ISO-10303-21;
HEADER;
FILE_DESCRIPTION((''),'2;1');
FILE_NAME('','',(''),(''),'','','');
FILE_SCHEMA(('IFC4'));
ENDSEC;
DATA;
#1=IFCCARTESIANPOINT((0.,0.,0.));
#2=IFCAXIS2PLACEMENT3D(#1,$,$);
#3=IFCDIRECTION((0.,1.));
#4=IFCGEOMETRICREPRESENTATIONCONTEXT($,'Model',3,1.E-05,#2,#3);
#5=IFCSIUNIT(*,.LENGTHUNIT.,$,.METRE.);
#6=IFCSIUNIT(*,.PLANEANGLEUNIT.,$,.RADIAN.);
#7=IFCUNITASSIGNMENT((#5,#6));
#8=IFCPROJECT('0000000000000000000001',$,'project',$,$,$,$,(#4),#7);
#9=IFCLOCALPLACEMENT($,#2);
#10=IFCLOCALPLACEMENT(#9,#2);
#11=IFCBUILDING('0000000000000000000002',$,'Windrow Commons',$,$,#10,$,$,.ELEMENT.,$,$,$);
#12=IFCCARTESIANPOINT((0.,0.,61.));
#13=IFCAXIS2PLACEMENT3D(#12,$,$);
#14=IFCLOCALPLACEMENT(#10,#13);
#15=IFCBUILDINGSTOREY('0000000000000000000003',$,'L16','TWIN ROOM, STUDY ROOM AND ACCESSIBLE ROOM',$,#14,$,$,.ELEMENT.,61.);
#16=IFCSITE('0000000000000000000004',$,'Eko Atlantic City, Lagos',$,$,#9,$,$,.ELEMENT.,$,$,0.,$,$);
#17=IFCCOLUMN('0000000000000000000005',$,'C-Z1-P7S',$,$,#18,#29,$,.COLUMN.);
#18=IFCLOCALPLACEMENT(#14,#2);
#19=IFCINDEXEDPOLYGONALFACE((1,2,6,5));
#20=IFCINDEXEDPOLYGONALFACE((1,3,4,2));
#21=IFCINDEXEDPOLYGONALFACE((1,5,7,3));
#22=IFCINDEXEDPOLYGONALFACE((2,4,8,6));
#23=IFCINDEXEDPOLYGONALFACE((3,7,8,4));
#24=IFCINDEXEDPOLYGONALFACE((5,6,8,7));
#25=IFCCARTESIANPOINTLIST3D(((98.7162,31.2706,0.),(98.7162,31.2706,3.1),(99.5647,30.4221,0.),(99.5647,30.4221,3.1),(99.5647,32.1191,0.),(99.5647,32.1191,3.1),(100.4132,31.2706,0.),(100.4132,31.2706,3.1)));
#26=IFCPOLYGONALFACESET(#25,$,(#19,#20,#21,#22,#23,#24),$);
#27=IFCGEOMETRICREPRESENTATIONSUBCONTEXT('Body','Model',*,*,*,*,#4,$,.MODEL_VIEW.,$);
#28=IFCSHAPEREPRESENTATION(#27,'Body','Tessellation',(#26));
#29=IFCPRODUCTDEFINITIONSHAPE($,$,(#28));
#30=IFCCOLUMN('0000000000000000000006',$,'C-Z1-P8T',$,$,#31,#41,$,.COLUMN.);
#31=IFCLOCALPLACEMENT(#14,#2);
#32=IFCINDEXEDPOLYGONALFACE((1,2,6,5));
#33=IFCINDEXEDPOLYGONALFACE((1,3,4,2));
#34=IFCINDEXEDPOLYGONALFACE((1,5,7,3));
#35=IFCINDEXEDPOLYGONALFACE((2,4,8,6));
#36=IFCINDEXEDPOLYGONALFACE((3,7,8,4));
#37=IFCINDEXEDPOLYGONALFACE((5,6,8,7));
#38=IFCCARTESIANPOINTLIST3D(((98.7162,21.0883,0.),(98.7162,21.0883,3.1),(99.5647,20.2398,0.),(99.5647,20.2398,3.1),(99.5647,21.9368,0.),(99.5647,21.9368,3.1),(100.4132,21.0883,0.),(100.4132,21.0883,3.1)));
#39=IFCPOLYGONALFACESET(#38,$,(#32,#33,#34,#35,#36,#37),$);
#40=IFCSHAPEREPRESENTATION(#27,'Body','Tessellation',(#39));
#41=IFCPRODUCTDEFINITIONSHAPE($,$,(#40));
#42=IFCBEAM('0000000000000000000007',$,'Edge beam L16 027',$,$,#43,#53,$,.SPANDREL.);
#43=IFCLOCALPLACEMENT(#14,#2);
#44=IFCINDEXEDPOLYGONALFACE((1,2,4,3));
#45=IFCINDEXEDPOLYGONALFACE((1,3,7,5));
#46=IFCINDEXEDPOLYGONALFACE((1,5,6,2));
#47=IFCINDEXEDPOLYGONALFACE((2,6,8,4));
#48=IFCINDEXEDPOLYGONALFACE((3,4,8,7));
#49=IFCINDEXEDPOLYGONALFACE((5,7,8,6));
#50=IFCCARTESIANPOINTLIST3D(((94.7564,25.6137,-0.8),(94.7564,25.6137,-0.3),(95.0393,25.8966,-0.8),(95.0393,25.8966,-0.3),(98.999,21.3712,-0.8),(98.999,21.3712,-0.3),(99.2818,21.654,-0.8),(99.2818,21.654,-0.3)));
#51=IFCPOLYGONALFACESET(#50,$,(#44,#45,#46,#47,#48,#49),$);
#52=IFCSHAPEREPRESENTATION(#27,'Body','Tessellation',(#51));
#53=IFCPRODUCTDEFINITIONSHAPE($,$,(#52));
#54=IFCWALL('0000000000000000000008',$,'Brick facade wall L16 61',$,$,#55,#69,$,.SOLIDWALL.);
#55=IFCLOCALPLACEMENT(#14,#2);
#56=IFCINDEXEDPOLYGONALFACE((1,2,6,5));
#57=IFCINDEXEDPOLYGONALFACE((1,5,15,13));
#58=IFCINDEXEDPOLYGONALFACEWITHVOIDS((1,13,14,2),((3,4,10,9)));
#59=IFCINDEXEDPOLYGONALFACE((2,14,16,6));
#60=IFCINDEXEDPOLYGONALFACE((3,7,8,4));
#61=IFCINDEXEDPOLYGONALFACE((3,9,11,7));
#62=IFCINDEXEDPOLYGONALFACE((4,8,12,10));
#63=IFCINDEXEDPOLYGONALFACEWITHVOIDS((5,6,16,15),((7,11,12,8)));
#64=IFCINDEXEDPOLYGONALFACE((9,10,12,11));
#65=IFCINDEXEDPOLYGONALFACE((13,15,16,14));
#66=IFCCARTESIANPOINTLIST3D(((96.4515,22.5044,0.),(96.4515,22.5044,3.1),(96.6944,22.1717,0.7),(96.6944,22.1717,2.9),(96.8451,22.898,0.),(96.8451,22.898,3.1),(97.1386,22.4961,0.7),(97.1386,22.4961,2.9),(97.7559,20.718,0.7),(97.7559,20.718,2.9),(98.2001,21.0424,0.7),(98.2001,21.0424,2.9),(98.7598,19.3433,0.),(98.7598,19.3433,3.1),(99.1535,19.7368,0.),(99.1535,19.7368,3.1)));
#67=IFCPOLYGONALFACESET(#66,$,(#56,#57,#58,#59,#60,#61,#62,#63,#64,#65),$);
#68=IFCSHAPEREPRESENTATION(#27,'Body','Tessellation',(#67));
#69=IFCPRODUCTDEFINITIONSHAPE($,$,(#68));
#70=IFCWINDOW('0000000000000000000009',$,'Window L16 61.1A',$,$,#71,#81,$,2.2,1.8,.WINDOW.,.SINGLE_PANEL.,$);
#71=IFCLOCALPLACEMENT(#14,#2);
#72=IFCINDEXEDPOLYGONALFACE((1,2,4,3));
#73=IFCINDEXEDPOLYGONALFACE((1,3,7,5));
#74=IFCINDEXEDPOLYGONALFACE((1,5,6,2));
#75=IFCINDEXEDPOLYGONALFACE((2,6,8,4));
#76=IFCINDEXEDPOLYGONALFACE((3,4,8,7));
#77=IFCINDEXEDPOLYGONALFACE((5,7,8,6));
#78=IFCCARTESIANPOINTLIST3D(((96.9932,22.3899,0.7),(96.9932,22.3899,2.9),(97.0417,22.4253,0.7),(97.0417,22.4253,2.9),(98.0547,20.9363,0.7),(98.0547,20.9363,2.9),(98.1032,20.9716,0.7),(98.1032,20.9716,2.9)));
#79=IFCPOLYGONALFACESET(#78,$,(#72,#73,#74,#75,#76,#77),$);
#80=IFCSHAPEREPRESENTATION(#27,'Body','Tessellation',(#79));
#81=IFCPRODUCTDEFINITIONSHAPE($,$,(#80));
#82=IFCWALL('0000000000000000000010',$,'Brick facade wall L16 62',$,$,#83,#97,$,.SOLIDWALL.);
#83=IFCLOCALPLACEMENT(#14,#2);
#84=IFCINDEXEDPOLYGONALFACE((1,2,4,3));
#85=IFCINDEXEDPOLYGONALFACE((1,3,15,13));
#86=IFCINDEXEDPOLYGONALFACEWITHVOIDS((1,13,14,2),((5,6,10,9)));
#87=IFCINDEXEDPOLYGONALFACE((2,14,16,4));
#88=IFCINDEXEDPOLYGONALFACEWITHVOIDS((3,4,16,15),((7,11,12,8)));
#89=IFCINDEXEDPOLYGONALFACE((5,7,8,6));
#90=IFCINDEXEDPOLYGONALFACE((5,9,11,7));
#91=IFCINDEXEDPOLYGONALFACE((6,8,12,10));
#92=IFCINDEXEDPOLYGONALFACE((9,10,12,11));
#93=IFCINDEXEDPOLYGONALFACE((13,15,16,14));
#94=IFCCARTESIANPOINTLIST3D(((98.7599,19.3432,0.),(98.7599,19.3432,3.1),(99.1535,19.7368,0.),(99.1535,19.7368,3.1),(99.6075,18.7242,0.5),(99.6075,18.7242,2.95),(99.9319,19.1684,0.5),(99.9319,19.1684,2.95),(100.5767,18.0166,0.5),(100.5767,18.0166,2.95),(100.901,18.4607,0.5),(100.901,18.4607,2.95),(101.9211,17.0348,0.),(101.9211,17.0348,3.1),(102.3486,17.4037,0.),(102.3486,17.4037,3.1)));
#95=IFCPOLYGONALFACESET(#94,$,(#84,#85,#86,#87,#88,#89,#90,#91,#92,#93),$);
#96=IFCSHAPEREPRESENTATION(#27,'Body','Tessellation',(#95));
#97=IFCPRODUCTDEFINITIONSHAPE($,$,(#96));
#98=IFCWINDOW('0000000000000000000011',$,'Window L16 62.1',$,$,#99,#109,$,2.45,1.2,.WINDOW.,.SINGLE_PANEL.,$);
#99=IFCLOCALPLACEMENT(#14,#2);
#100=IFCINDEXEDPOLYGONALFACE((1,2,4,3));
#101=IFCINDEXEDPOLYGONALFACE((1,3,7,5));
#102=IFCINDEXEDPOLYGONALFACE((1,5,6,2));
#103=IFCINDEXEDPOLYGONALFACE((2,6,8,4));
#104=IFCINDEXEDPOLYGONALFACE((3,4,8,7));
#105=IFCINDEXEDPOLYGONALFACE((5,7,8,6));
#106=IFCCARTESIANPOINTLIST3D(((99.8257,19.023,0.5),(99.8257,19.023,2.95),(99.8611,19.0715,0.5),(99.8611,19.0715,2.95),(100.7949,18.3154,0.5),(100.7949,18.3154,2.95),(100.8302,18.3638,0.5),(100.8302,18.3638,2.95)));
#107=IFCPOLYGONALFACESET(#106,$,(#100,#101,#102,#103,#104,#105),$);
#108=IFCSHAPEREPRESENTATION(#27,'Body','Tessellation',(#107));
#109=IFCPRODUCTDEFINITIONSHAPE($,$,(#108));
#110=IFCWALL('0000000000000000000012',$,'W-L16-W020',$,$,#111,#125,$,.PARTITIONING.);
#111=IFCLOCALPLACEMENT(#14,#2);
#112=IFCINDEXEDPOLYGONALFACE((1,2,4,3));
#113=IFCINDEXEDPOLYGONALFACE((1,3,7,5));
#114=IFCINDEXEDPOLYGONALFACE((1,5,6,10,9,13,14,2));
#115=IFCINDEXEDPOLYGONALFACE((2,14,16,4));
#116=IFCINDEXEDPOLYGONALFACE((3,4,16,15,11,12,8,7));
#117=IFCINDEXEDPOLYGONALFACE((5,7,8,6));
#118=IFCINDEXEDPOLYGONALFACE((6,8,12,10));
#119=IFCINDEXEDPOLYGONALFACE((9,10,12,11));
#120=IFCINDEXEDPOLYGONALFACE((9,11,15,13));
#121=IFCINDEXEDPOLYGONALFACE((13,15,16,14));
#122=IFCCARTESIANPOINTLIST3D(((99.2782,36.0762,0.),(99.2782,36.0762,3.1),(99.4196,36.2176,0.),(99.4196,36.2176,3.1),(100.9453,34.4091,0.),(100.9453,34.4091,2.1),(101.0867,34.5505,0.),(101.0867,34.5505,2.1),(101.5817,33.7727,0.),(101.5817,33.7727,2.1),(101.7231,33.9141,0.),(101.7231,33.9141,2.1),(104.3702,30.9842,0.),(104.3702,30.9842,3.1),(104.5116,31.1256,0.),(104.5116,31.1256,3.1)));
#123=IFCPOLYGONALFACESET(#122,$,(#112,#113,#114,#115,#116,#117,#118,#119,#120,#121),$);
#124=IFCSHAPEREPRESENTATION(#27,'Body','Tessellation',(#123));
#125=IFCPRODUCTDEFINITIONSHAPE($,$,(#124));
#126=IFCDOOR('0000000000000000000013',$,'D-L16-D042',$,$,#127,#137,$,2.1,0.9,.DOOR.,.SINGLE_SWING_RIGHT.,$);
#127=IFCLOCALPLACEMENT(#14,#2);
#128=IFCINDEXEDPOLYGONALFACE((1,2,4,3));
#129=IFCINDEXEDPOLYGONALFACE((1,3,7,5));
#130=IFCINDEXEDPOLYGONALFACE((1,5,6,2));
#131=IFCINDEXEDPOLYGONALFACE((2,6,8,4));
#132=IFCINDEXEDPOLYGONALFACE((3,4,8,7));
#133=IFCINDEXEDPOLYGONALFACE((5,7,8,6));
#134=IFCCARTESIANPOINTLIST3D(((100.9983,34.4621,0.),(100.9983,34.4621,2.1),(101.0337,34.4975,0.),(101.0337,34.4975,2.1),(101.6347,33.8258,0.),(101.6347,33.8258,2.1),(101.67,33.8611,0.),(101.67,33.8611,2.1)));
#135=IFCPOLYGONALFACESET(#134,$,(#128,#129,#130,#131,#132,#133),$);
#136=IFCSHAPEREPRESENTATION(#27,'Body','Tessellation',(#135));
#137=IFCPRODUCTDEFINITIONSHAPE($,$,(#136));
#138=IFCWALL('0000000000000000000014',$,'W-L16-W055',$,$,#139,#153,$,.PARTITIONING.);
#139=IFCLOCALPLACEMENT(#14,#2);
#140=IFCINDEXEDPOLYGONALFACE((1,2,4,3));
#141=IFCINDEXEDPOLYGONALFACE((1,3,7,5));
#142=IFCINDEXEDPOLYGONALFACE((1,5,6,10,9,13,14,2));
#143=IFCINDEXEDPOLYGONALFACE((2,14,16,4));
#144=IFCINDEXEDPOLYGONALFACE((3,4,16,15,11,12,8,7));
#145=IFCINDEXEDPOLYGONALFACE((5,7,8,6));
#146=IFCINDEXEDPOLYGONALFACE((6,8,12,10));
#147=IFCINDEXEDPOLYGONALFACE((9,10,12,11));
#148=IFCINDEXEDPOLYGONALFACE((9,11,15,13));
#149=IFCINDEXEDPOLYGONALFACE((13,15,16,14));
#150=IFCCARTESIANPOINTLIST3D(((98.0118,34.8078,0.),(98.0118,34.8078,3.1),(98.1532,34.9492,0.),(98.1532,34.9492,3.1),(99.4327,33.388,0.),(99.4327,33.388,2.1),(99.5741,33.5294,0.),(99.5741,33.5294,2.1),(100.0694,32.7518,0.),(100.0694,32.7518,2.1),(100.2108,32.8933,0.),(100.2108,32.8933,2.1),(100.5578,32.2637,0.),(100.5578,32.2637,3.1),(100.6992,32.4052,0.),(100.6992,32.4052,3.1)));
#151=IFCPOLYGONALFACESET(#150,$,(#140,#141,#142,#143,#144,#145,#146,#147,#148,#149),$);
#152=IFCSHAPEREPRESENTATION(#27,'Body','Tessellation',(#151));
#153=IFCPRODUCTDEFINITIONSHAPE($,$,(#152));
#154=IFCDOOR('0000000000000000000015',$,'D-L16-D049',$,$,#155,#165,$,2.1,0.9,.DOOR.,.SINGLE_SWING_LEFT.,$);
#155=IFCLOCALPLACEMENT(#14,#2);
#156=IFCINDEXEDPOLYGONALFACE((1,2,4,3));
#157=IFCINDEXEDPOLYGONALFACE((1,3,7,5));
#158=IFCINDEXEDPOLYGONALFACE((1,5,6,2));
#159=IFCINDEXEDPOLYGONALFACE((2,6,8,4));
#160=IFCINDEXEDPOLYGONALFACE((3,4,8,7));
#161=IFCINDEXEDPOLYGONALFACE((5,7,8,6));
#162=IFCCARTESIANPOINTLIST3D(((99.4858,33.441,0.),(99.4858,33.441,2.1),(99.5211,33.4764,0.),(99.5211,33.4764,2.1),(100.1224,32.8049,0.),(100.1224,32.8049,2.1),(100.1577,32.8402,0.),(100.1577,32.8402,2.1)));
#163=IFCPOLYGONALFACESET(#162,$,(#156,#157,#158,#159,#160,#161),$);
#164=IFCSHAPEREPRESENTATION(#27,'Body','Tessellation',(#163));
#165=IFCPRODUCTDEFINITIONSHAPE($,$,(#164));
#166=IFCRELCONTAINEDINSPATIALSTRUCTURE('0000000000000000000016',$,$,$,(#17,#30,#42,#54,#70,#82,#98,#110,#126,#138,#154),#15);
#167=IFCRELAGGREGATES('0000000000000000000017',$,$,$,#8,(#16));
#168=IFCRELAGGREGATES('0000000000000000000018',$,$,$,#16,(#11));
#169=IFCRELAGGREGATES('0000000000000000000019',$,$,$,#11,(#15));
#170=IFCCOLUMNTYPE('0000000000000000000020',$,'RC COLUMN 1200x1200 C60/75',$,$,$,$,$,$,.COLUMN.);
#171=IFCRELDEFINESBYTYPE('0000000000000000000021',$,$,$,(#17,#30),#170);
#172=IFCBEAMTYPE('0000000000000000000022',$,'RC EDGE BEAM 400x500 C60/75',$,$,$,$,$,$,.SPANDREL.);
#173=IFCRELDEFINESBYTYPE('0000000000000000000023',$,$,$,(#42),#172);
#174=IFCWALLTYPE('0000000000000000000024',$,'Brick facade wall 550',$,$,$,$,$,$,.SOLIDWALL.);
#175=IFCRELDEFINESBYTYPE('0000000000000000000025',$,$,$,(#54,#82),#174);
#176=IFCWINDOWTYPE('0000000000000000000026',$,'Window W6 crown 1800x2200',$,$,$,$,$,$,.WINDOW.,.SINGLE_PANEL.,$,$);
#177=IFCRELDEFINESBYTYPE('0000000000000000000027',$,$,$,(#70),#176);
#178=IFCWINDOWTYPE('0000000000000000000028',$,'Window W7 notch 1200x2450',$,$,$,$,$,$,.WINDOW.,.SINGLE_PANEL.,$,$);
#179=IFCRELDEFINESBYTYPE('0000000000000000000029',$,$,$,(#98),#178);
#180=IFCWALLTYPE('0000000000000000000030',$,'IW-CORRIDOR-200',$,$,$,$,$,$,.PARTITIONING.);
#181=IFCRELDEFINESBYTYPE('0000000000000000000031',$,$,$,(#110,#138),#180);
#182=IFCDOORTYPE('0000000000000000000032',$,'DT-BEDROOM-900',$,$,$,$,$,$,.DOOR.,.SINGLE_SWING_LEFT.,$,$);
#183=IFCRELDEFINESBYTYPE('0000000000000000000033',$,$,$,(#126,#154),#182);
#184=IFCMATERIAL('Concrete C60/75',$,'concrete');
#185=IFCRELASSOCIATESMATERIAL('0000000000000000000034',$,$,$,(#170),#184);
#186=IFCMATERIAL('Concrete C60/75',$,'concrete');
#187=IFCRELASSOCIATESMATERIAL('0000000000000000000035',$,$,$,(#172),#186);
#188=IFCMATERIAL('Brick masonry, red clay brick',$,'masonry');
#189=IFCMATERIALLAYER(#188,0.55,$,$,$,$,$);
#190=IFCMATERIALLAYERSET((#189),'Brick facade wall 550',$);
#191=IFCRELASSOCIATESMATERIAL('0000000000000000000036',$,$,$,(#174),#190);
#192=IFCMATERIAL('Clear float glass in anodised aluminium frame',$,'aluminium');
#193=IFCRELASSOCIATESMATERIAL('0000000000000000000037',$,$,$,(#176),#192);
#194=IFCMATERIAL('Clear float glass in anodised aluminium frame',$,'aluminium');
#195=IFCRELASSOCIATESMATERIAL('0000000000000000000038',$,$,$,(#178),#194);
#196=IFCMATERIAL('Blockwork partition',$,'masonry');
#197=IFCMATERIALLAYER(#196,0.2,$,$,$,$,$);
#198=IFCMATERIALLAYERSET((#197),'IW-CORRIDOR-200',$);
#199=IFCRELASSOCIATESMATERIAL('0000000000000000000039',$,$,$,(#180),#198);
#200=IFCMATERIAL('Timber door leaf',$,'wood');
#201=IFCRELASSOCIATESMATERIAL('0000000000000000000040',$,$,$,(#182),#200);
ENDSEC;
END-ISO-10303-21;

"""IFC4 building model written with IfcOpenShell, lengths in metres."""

from ifc_helpers import new_model, si_unit, direction, frame, frame_2d, origin, origin_2d, place, context, subcontext, project, spatial, polyline, rectangle, outline, extrude, material, layer, layer_set, material_profile, profile_set, type_object, element, fill, save


model = new_model("IFC4")

# Units and contexts
model_context = context("Model", 3, precision=1e-05, world=origin(), true_north=direction((0.0, 1.0)))
body_context = subcontext(model_context, "Body", "Model", "MODEL_VIEW")
ifc_project = project(units=[si_unit("LENGTHUNIT", "METRE"), si_unit("PLANEANGLEUNIT", "RADIAN")], contexts=[model_context])

# Site, building, storey
site_placement = place(None, origin())
site = spatial("IfcSite", under=ifc_project, at=site_placement, Name="Eko Atlantic City, Lagos", CompositionType="ELEMENT", RefElevation=0.0)
building_placement = place(site_placement, origin())
building = spatial("IfcBuilding", under=site, at=building_placement, Name="Windrow Commons", CompositionType="ELEMENT")
storey_placement = place(building_placement, frame((0.0, 0.0, 61.0)))
storey = spatial("IfcBuildingStorey", under=building, at=storey_placement, Name="L16", Description="TWIN ROOM, STUDY ROOM AND ACCESSIBLE ROOM", CompositionType="ELEMENT", Elevation=61.0)

# Columns
ifc_material_1 = material(Name="Concrete C60/75", Category="concrete")
ifc_material_profile_1 = material_profile(ifc_material_1, rectangle(XDim=1.2, YDim=1.2, at=origin_2d()))
ifc_profile_set_1 = profile_set([ifc_material_profile_1], Name="Concrete C60/75")
column_type = type_object("IfcColumnType", Name="RC COLUMN 1200x1200 C60/75", PredefinedType="COLUMN", material=ifc_profile_set_1)
for number, where, z_axis, x_axis, name in (
    (1, (99.5647, 31.2706, 0.0), (0.0, 0.0, 1.0), (0.707107, -0.707107, 0.0), "C-Z1-P7S"),
    (2, (99.5647, 21.0883, 0.0), (0.0, 0.0, 1.0), (0.707107, -0.707107, 0.0), "C-Z1-P8T"),
):
    element("IfcColumn", number, at=place(storey_placement, frame(where, z_axis=z_axis, x_axis=x_axis)), inside=storey, type_object=column_type, Name=name, PredefinedType="COLUMN", context=body_context, shape_type="SweptSolid", body=[
        extrude(rectangle(XDim=1.2, YDim=1.2, at=origin_2d()), origin(), (0.0, 0.0, 1.0), 3.1),
    ])

# Beam
ifc_material_2 = material(Name="Concrete C60/75", Category="concrete")
ifc_material_profile_2 = material_profile(ifc_material_2, rectangle(XDim=0.4, YDim=0.5, at=origin_2d()))
ifc_profile_set_2 = profile_set([ifc_material_profile_2], Name="Concrete C60/75")
beam_type = type_object("IfcBeamType", Name="RC EDGE BEAM 400x500 C60/75", PredefinedType="SPANDREL", material=ifc_profile_set_2)
beam_placement = place(storey_placement, frame((99.1404, 21.5126, -0.55), z_axis=(-0.707107, 0.707107, 0.0), x_axis=(-0.707107, -0.707107, 0.0)))
element("IfcBeam", 3, at=beam_placement, inside=storey, type_object=beam_type, Name="Edge beam L16 027", PredefinedType="SPANDREL", context=body_context, shape_type="SweptSolid", body=[
    extrude(rectangle(XDim=0.4, YDim=0.5, at=origin_2d()), origin(), (0.0, 0.0, 1.0), 5.9999),
])

# Walls, openings, windows
ifc_material_3 = material(Name="Brick masonry, red clay brick", Category="masonry")
ifc_layer_1 = layer(ifc_material_3, 0.55)
ifc_layer_set_1 = layer_set([ifc_layer_1], Name="Brick facade wall 550")
wall_type_1 = type_object("IfcWallType", Name="Brick facade wall 550", PredefinedType="SOLIDWALL", material=ifc_layer_set_1)
wall_1_placement = place(storey_placement, frame((96.6483, 22.7012, 0.0), z_axis=(0.0, 0.0, 1.0), x_axis=(0.589732, -0.807599, 0.0)))
wall_1 = element("IfcWall", 4, at=wall_1_placement, inside=storey, type_object=wall_type_1, Name="Brick facade wall L16 61", PredefinedType="SOLIDWALL", context=body_context, shape_type="SweptSolid", body=[
    extrude(outline(polyline([(0.0429, -0.275), (3.9571, -0.275), (3.8714, 0.275), (-0.0429, 0.275), (0.0429, -0.275)])), origin(), (0.0, 0.0, 1.0), 3.1),
])
opening_1_placement = place(wall_1_placement, frame((0.4548, 0.0, 0.7)))
opening_1 = element("IfcOpeningElement", 5, at=opening_1_placement, cuts=wall_1, PredefinedType="OPENING", context=body_context, shape_type="SweptSolid", body=[
    extrude(rectangle(XDim=1.8, YDim=2.2, at=frame_2d((0.9, 1.1))), frame((0.0, 0.285, 0.0), z_axis=(0.0, -1.0, 0.0), x_axis=(1.0, 0.0, 0.0)), (0.0, 0.0, 1.0), 0.57),
])
ifc_material_4 = material(Name="Clear float glass in anodised aluminium frame", Category="aluminium")
window_type_1 = type_object("IfcWindowType", Name="Window W6 crown 1800x2200", PartitioningType="SINGLE_PANEL", PredefinedType="WINDOW", material=ifc_material_4)
window_1_placement = place(opening_1_placement, origin())
window_1 = element("IfcWindow", 6, at=window_1_placement, inside=storey, type_object=window_type_1, Name="Window L16 61.1A", OverallHeight=2.2, OverallWidth=1.8, PartitioningType="SINGLE_PANEL", PredefinedType="WINDOW", context=body_context, shape_type="SweptSolid", body=[
    extrude(rectangle(XDim=1.8, YDim=2.2, at=frame_2d((0.9, 1.1))), frame((0.0, 0.155, 0.0), z_axis=(0.0, -1.0, 0.0), x_axis=(1.0, 0.0, 0.0)), (0.0, 0.0, 1.0), 0.06),
])
fill(opening_1, window_1)
wall_2_placement = place(storey_placement, frame((98.9567, 19.54, 0.0), z_axis=(0.0, 0.0, 1.0), x_axis=(0.807604, -0.589725, 0.0)))
wall_2 = element("IfcWall", 7, at=wall_2_placement, inside=storey, type_object=wall_type_1, Name="Brick facade wall L16 62", PredefinedType="SOLIDWALL", context=body_context, shape_type="SweptSolid", body=[
    extrude(outline(polyline([(-0.0429, -0.275), (3.8714, -0.275), (3.9991, 0.275), (0.0429, 0.275), (-0.0429, -0.275)])), origin(), (0.0, 0.0, 1.0), 3.1),
])
opening_2_placement = place(wall_2_placement, frame((1.0067, 0.0, 0.5)))
opening_2 = element("IfcOpeningElement", 8, at=opening_2_placement, cuts=wall_2, PredefinedType="OPENING", context=body_context, shape_type="SweptSolid", body=[
    extrude(rectangle(XDim=1.2, YDim=2.45, at=frame_2d((0.6, 1.225))), frame((0.0, 0.285, 0.0), z_axis=(0.0, -1.0, 0.0), x_axis=(1.0, 0.0, 0.0)), (0.0, 0.0, 1.0), 0.57),
])
ifc_material_5 = material(Name="Clear float glass in anodised aluminium frame", Category="aluminium")
window_type_2 = type_object("IfcWindowType", Name="Window W7 notch 1200x2450", PartitioningType="SINGLE_PANEL", PredefinedType="WINDOW", material=ifc_material_5)
window_2_placement = place(opening_2_placement, origin())
window_2 = element("IfcWindow", 9, at=window_2_placement, inside=storey, type_object=window_type_2, Name="Window L16 62.1", OverallHeight=2.45, OverallWidth=1.2, PartitioningType="SINGLE_PANEL", PredefinedType="WINDOW", context=body_context, shape_type="SweptSolid", body=[
    extrude(rectangle(XDim=1.2, YDim=2.45, at=frame_2d((0.6, 1.225))), frame((0.0, 0.155, 0.0), z_axis=(0.0, -1.0, 0.0), x_axis=(1.0, 0.0, 0.0)), (0.0, 0.0, 1.0), 0.06),
])
fill(opening_2, window_2)

# Walls, openings, doors
ifc_material_6 = material(Name="Blockwork partition", Category="masonry")
ifc_layer_2 = layer(ifc_material_6, 0.2)
ifc_layer_set_2 = layer_set([ifc_layer_2], Name="IW-CORRIDOR-200")
wall_type_2 = type_object("IfcWallType", Name="IW-CORRIDOR-200", PredefinedType="PARTITIONING", material=ifc_layer_set_2)
wall_3_placement = place(storey_placement, frame((99.3489, 36.1469, 0.0), z_axis=(0.0, 0.0, 1.0), x_axis=(0.707107, -0.707107, 0.0)))
wall_3 = element("IfcWall", 10, at=wall_3_placement, inside=storey, type_object=wall_type_2, Name="W-L16-W020", PredefinedType="PARTITIONING", context=body_context, shape_type="SweptSolid", body=[
    extrude(rectangle(XDim=7.2012, YDim=0.2, at=frame_2d((3.6006, 0.0))), origin(), (0.0, 0.0, 1.0), 3.1),
])
opening_3_placement = place(wall_3_placement, frame((2.3576, 0.0, 0.0)))
opening_3 = element("IfcOpeningElement", 11, at=opening_3_placement, cuts=wall_3, PredefinedType="OPENING", context=body_context, shape_type="SweptSolid", body=[
    extrude(rectangle(XDim=0.9, YDim=2.1, at=frame_2d((0.45, 1.05))), frame((0.0, 0.11, 0.0), z_axis=(0.0, -1.0, 0.0), x_axis=(1.0, 0.0, 0.0)), (0.0, 0.0, 1.0), 0.22),
])
ifc_material_7 = material(Name="Timber door leaf", Category="wood")
door_type_1 = type_object("IfcDoorType", Name="DT-BEDROOM-900", OperationType="SINGLE_SWING_LEFT", PredefinedType="DOOR", material=ifc_material_7)
door_1_placement = place(opening_3_placement, origin())
door_1 = element("IfcDoor", 12, at=door_1_placement, inside=storey, type_object=door_type_1, Name="D-L16-D042", OperationType="SINGLE_SWING_RIGHT", OverallHeight=2.1, OverallWidth=0.9, PredefinedType="DOOR", context=body_context, shape_type="SweptSolid", body=[
    extrude(rectangle(XDim=0.9, YDim=2.1, at=frame_2d((0.45, 1.05))), frame((0.0, 0.025, 0.0), z_axis=(0.0, -1.0, 0.0), x_axis=(1.0, 0.0, 0.0)), (0.0, 0.0, 1.0), 0.05),
])
fill(opening_3, door_1)
wall_4_placement = place(storey_placement, frame((98.0825, 34.8785, 0.0), z_axis=(0.0, 0.0, 1.0), x_axis=(0.707385, -0.706829, 0.0)))
wall_4 = element("IfcWall", 13, at=wall_4_placement, inside=storey, type_object=wall_type_2, Name="W-L16-W055", PredefinedType="PARTITIONING", context=body_context, shape_type="SweptSolid", body=[
    extrude(rectangle(XDim=3.5992, YDim=0.2, at=frame_2d((1.7996, 0.0))), origin(), (0.0, 0.0, 1.0), 3.1),
])
opening_4_placement = place(wall_4_placement, frame((2.0087, 0.0, 0.0)))
opening_4 = element("IfcOpeningElement", 14, at=opening_4_placement, cuts=wall_4, PredefinedType="OPENING", context=body_context, shape_type="SweptSolid", body=[
    extrude(rectangle(XDim=0.9, YDim=2.1, at=frame_2d((0.45, 1.05))), frame((0.0, 0.11, 0.0), z_axis=(0.0, -1.0, 0.0), x_axis=(1.0, 0.0, 0.0)), (0.0, 0.0, 1.0), 0.22),
])
door_2_placement = place(opening_4_placement, origin())
door_2 = element("IfcDoor", 15, at=door_2_placement, inside=storey, type_object=door_type_1, Name="D-L16-D049", OperationType="SINGLE_SWING_LEFT", OverallHeight=2.1, OverallWidth=0.9, PredefinedType="DOOR", context=body_context, shape_type="SweptSolid", body=[
    extrude(rectangle(XDim=0.9, YDim=2.1, at=frame_2d((0.45, 1.05))), frame((0.0, 0.025, 0.0), z_axis=(0.0, -1.0, 0.0), x_axis=(1.0, 0.0, 0.0)), (0.0, 0.0, 1.0), 0.05),
])
fill(opening_4, door_2)

save(model, "model.ifc")
